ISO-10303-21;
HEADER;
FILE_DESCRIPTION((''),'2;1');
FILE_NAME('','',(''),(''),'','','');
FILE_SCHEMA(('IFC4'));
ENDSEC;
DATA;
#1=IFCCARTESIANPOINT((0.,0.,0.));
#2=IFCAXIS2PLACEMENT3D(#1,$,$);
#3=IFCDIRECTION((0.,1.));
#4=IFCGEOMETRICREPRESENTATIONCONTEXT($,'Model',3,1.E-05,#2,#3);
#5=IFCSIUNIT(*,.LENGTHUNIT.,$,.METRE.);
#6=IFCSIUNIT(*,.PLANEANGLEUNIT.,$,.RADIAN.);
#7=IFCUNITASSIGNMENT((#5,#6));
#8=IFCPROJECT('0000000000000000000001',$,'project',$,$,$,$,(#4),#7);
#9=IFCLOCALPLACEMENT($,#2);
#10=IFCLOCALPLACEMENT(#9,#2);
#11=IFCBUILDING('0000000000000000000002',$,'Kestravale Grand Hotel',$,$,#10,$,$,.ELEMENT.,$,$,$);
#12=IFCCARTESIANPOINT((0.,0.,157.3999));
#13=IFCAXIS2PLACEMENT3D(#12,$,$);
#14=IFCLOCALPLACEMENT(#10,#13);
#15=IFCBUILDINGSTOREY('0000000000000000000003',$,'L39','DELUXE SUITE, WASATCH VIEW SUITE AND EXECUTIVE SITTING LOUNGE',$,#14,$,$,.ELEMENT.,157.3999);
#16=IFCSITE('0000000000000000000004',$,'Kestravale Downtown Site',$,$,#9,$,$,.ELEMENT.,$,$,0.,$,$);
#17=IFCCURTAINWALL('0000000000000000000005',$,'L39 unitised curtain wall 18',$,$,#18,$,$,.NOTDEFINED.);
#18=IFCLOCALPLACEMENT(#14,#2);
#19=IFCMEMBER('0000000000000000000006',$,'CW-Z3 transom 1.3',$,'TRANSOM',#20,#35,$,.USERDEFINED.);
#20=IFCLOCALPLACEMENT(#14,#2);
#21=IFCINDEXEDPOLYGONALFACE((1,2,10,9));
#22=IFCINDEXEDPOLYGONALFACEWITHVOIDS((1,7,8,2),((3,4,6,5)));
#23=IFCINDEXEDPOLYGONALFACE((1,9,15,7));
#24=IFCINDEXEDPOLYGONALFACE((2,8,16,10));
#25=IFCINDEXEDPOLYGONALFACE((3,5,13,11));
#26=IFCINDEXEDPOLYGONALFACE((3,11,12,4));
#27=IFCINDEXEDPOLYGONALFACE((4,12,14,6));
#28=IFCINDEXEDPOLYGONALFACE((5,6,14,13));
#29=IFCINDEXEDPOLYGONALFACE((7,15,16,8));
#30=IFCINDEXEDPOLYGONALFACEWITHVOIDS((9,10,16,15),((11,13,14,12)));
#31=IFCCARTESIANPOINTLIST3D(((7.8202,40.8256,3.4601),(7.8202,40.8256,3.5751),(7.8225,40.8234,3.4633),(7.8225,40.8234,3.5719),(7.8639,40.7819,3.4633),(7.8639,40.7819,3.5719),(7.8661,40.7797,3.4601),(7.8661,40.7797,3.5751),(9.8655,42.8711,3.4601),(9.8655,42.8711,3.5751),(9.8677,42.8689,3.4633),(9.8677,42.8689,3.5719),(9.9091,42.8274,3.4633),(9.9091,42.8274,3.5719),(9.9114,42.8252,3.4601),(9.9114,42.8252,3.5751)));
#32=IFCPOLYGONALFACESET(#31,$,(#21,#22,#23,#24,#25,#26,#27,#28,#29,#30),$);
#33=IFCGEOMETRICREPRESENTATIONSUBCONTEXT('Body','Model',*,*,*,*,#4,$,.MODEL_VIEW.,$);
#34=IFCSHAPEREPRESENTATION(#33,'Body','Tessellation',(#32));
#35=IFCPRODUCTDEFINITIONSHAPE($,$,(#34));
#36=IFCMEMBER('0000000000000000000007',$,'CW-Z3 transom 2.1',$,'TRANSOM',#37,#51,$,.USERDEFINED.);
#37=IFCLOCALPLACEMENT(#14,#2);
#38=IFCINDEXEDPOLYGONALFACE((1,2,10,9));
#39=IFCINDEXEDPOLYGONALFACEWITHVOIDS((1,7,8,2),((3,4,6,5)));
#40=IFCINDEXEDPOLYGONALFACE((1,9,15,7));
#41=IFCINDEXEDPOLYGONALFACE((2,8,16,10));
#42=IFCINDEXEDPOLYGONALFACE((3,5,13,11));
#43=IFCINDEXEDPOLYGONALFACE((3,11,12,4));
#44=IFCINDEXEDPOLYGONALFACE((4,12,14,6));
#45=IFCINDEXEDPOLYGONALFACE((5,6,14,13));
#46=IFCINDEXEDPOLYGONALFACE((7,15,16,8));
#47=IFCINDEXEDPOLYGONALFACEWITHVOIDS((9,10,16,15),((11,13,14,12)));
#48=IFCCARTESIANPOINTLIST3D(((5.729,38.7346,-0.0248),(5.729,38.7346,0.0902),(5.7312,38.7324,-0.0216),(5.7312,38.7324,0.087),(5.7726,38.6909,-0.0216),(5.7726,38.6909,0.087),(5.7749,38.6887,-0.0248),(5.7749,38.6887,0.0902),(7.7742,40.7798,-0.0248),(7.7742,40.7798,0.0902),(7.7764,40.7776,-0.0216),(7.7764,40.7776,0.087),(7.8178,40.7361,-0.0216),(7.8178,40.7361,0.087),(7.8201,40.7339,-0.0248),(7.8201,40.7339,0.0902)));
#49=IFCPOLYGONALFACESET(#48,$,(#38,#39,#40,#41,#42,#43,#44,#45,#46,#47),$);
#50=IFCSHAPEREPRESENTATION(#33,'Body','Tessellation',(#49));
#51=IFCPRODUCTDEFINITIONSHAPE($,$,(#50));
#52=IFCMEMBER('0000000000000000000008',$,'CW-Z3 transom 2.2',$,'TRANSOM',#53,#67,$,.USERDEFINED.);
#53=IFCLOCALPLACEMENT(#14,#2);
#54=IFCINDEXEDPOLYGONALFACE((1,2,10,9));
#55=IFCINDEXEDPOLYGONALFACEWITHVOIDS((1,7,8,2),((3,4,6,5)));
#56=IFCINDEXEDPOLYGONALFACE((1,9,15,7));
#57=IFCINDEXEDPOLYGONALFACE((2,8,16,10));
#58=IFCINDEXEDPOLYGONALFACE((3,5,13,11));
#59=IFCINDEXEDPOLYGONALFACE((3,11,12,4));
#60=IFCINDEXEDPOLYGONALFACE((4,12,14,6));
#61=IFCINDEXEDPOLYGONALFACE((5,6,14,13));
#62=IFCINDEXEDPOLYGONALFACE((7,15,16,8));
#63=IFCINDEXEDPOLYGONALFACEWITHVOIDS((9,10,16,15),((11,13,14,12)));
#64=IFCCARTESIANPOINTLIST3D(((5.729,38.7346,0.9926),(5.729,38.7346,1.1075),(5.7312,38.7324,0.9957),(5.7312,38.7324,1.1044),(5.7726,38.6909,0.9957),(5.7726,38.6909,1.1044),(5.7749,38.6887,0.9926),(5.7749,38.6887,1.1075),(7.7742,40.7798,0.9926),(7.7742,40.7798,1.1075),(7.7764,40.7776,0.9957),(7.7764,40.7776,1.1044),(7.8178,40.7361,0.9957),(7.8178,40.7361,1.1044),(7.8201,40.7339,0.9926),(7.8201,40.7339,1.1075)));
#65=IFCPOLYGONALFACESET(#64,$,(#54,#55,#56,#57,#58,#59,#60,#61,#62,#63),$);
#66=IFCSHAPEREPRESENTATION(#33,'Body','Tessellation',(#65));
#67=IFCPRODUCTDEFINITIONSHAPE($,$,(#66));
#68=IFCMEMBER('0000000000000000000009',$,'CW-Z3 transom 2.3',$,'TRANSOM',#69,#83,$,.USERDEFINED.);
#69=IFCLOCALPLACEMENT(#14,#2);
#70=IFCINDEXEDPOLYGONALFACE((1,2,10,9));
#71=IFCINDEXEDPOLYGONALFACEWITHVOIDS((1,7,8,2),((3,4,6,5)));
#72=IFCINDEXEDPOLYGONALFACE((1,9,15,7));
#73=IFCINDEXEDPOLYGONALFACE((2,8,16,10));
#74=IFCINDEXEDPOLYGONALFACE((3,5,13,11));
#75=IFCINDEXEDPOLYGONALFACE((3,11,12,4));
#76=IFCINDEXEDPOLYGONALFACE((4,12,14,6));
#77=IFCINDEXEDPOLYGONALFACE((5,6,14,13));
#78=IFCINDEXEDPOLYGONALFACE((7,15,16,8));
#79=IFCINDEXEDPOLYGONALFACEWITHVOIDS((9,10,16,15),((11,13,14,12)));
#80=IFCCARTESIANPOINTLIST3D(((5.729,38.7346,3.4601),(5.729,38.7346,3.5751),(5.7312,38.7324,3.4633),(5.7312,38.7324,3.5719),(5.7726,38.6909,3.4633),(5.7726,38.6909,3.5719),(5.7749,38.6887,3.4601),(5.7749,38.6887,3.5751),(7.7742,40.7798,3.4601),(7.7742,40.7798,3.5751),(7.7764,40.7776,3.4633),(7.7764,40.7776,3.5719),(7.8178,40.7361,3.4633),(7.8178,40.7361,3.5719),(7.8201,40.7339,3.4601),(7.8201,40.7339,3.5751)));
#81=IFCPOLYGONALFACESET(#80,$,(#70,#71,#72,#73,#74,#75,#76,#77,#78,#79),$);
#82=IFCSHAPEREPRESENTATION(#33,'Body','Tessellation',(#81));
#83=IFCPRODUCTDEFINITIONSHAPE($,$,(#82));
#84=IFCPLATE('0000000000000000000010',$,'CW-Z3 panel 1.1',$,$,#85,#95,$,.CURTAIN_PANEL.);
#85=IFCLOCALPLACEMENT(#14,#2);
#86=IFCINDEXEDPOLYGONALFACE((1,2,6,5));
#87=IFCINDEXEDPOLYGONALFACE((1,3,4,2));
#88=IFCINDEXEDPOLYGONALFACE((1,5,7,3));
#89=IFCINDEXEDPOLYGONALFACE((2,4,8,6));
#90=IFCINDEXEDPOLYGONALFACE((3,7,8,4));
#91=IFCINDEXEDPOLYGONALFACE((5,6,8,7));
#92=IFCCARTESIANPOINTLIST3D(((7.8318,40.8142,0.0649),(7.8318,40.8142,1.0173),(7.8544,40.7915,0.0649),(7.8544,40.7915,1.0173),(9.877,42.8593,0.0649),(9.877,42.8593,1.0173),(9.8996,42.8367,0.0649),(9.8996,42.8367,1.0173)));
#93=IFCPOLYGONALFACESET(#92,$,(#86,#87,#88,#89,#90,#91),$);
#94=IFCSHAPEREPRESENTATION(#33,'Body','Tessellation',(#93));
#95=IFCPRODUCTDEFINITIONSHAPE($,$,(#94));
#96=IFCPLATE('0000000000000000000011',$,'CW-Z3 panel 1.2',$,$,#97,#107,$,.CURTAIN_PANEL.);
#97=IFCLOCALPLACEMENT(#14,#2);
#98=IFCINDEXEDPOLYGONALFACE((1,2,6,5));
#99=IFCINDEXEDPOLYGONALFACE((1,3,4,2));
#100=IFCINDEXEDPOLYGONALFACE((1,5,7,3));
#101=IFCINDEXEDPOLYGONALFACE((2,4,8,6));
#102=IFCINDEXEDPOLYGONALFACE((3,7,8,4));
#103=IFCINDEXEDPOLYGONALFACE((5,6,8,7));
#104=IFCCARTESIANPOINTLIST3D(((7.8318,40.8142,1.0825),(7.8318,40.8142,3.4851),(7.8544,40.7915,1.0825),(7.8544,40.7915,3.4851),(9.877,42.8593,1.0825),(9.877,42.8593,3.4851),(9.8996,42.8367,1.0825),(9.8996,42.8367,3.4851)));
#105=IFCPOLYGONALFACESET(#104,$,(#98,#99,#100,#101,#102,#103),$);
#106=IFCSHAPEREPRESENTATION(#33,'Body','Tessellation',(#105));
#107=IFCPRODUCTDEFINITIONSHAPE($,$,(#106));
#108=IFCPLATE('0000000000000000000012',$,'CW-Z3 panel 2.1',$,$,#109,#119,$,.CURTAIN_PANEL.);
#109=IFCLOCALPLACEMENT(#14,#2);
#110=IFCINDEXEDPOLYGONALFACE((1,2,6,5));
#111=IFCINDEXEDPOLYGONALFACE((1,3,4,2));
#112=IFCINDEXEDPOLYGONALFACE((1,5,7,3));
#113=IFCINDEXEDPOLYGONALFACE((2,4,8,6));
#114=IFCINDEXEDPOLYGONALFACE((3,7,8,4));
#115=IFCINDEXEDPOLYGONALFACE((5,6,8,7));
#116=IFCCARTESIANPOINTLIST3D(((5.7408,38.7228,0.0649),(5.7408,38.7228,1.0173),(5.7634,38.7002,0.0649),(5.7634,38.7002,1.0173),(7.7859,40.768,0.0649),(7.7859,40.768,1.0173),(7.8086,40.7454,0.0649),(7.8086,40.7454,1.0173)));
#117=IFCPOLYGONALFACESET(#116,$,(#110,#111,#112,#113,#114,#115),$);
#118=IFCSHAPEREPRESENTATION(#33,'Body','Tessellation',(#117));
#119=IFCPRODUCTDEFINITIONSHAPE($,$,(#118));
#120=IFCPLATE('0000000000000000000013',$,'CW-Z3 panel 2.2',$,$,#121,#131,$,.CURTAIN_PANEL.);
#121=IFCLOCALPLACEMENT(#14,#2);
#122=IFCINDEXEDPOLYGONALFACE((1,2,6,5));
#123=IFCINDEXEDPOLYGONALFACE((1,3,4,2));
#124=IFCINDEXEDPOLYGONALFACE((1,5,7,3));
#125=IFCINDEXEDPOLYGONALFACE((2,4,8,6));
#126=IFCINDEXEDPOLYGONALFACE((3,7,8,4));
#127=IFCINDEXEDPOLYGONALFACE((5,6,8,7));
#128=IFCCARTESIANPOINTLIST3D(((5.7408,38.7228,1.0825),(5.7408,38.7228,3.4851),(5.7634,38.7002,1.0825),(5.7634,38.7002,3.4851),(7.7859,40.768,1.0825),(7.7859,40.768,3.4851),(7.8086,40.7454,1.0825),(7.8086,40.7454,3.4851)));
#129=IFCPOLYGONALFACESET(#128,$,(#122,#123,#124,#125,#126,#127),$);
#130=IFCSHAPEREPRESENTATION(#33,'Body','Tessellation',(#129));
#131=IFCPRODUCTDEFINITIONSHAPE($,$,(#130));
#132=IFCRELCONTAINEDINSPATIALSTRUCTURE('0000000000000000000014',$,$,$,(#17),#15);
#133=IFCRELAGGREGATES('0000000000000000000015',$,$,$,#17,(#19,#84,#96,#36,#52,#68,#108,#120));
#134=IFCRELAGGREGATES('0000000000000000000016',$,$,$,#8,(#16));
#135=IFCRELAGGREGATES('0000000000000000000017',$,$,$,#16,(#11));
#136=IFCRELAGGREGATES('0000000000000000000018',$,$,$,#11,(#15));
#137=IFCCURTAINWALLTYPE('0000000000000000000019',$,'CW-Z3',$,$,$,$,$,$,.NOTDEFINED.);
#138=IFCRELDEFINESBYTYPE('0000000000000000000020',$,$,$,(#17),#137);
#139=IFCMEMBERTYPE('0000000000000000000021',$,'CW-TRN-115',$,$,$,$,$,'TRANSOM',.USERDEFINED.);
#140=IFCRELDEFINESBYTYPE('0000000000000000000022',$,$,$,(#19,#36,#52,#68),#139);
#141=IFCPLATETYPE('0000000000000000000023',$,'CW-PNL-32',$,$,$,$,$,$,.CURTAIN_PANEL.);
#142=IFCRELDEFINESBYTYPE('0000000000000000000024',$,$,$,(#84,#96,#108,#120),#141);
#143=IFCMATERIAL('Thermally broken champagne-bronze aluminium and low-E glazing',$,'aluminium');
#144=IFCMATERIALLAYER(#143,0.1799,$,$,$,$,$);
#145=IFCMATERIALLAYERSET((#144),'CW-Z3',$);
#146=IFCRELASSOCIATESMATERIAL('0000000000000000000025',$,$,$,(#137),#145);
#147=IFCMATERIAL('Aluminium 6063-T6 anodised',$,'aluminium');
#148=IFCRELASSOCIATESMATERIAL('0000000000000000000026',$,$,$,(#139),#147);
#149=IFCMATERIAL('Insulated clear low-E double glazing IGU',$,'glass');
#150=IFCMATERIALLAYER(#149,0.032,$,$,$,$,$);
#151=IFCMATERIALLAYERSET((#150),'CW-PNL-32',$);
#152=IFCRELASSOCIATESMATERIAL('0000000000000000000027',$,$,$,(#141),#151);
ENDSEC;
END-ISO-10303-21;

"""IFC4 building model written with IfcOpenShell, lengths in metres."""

from ifc_helpers import new_model, si_unit, direction, frame, origin, origin_2d, place, context, subcontext, project, spatial, rectangle, hollow_rectangle, extrude, material, layer, layer_set, material_profile, profile_set, type_object, element, aggregate, save


model = new_model("IFC4")

# Units and contexts
model_context = context("Model", 3, precision=1e-05, world=origin(), true_north=direction((0.0, 1.0)))
body_context = subcontext(model_context, "Body", "Model", "MODEL_VIEW")
ifc_project = project(units=[si_unit("LENGTHUNIT", "METRE"), si_unit("PLANEANGLEUNIT", "RADIAN")], contexts=[model_context])

# Site, building, storey
site_placement = place(None, origin())
site = spatial("IfcSite", under=ifc_project, at=site_placement, Name="Kestravale Downtown Site", CompositionType="ELEMENT", RefElevation=0.0)
building_placement = place(site_placement, origin())
building = spatial("IfcBuilding", under=site, at=building_placement, Name="Kestravale Grand Hotel", CompositionType="ELEMENT")
storey_placement = place(building_placement, frame((0.0, 0.0, 157.3999)))
storey = spatial("IfcBuildingStorey", under=building, at=storey_placement, Name="L39", Description="DELUXE SUITE, WASATCH VIEW SUITE AND EXECUTIVE SITTING LOUNGE", CompositionType="ELEMENT", Elevation=157.3999)

# Curtain wall, members, plates
ifc_material_1 = material(Name="Thermally broken champagne-bronze aluminium and low-E glazing", Category="aluminium")
ifc_layer_1 = layer(ifc_material_1, 0.1799)
ifc_layer_set_1 = layer_set([ifc_layer_1], Name="CW-Z3")
curtain_wall_type = type_object("IfcCurtainWallType", Name="CW-Z3", PredefinedType="NOTDEFINED", material=ifc_layer_set_1)
curtain_wall_placement = place(storey_placement, origin())
curtain_wall = element("IfcCurtainWall", 1, at=curtain_wall_placement, inside=storey, type_object=curtain_wall_type, Name="L39 unitised curtain wall 18", PredefinedType="NOTDEFINED")
ifc_material_2 = material(Name="Aluminium 6063-T6 anodised", Category="aluminium")
ifc_material_profile_1 = material_profile(ifc_material_2, hollow_rectangle(XDim=0.0649, YDim=0.115, WallThickness=0.0032, at=origin_2d()))
ifc_profile_set_1 = profile_set([ifc_material_profile_1], Name="Aluminium 6063-T6 anodised")
member_type_1 = type_object("IfcMemberType", Name="CW-TRN-115", ElementType="TRANSOM", PredefinedType="USERDEFINED", material=ifc_profile_set_1)
member_1_placement = place(storey_placement, frame((9.8884, 42.8481, 3.5176), z_axis=(-0.707065, -0.707149, 0.0), x_axis=(0.707149, -0.707065, 0.0)))
member_1 = element("IfcMember", 2, at=member_1_placement, type_object=member_type_1, Name="CW-Z3 transom 1.3", ObjectType="TRANSOM", PredefinedType="USERDEFINED", context=body_context, shape_type="SweptSolid", body=[
    extrude(hollow_rectangle(XDim=0.0649, YDim=0.115, WallThickness=0.0032, at=origin_2d()), origin(), (0.0, 0.0, 1.0), 2.8926),
])
member_2_placement = place(storey_placement, frame((7.7971, 40.7568, 0.0327), z_axis=(-0.707107, -0.707107, 0.0), x_axis=(0.707107, -0.707107, 0.0)))
member_2 = element("IfcMember", 3, at=member_2_placement, type_object=member_type_1, Name="CW-Z3 transom 2.1", ObjectType="TRANSOM", PredefinedType="USERDEFINED", context=body_context, shape_type="SweptSolid", body=[
    extrude(hollow_rectangle(XDim=0.0649, YDim=0.115, WallThickness=0.0032, at=origin_2d()), origin(), (0.0, 0.0, 1.0), 2.8923),
])
member_3_placement = place(storey_placement, frame((7.7971, 40.7568, 1.05), z_axis=(-0.707107, -0.707107, 0.0), x_axis=(0.707107, -0.707107, 0.0)))
member_3 = element("IfcMember", 4, at=member_3_placement, type_object=member_type_1, Name="CW-Z3 transom 2.2", ObjectType="TRANSOM", PredefinedType="USERDEFINED", context=body_context, shape_type="SweptSolid", body=[
    extrude(hollow_rectangle(XDim=0.0649, YDim=0.115, WallThickness=0.0032, at=origin_2d()), origin(), (0.0, 0.0, 1.0), 2.8923),
])
member_4_placement = place(storey_placement, frame((7.7971, 40.7568, 3.5176), z_axis=(-0.707107, -0.707107, 0.0), x_axis=(0.707107, -0.707107, 0.0)))
member_4 = element("IfcMember", 5, at=member_4_placement, type_object=member_type_1, Name="CW-Z3 transom 2.3", ObjectType="TRANSOM", PredefinedType="USERDEFINED", context=body_context, shape_type="SweptSolid", body=[
    extrude(hollow_rectangle(XDim=0.0649, YDim=0.115, WallThickness=0.0032, at=origin_2d()), origin(), (0.0, 0.0, 1.0), 2.8923),
])
ifc_material_3 = material(Name="Insulated clear low-E double glazing IGU", Category="glass")
ifc_layer_2 = layer(ifc_material_3, 0.032)
ifc_layer_set_2 = layer_set([ifc_layer_2], Name="CW-PNL-32")
plate_type = type_object("IfcPlateType", Name="CW-PNL-32", PredefinedType="CURTAIN_PANEL", material=ifc_layer_set_2)
plate_1_placement = place(storey_placement, frame((8.8657, 41.8254, 0.0649), z_axis=(0.0, 0.0, 1.0), x_axis=(-0.707107, -0.707107, 0.0)))
plate_1 = element("IfcPlate", 6, at=plate_1_placement, type_object=plate_type, Name="CW-Z3 panel 1.1", PredefinedType="CURTAIN_PANEL", context=body_context, shape_type="SweptSolid", body=[
    extrude(rectangle(XDim=2.8923, YDim=0.032, at=origin_2d()), origin(), (0.0, 0.0, 1.0), 0.9524),
])
plate_2_placement = place(storey_placement, frame((8.8657, 41.8254, 1.0825), z_axis=(0.0, 0.0, 1.0), x_axis=(-0.707107, -0.707107, 0.0)))
plate_2 = element("IfcPlate", 7, at=plate_2_placement, type_object=plate_type, Name="CW-Z3 panel 1.2", PredefinedType="CURTAIN_PANEL", context=body_context, shape_type="SweptSolid", body=[
    extrude(rectangle(XDim=2.8923, YDim=0.032, at=origin_2d()), origin(), (0.0, 0.0, 1.0), 2.4026),
])
plate_3_placement = place(storey_placement, frame((6.7747, 39.7341, 0.0649), z_axis=(0.0, 0.0, 1.0), x_axis=(-0.707107, -0.707107, 0.0)))
plate_3 = element("IfcPlate", 8, at=plate_3_placement, type_object=plate_type, Name="CW-Z3 panel 2.1", PredefinedType="CURTAIN_PANEL", context=body_context, shape_type="SweptSolid", body=[
    extrude(rectangle(XDim=2.8923, YDim=0.032, at=origin_2d()), origin(), (0.0, 0.0, 1.0), 0.9524),
])
plate_4_placement = place(storey_placement, frame((6.7747, 39.7341, 1.0825), z_axis=(0.0, 0.0, 1.0), x_axis=(-0.707107, -0.707107, 0.0)))
plate_4 = element("IfcPlate", 9, at=plate_4_placement, type_object=plate_type, Name="CW-Z3 panel 2.2", PredefinedType="CURTAIN_PANEL", context=body_context, shape_type="SweptSolid", body=[
    extrude(rectangle(XDim=2.8923, YDim=0.032, at=origin_2d()), origin(), (0.0, 0.0, 1.0), 2.4026),
])
aggregate(curtain_wall, [member_1, plate_1, plate_2, member_2, member_3, member_4, plate_3, plate_4])

save(model, "model.ifc")
